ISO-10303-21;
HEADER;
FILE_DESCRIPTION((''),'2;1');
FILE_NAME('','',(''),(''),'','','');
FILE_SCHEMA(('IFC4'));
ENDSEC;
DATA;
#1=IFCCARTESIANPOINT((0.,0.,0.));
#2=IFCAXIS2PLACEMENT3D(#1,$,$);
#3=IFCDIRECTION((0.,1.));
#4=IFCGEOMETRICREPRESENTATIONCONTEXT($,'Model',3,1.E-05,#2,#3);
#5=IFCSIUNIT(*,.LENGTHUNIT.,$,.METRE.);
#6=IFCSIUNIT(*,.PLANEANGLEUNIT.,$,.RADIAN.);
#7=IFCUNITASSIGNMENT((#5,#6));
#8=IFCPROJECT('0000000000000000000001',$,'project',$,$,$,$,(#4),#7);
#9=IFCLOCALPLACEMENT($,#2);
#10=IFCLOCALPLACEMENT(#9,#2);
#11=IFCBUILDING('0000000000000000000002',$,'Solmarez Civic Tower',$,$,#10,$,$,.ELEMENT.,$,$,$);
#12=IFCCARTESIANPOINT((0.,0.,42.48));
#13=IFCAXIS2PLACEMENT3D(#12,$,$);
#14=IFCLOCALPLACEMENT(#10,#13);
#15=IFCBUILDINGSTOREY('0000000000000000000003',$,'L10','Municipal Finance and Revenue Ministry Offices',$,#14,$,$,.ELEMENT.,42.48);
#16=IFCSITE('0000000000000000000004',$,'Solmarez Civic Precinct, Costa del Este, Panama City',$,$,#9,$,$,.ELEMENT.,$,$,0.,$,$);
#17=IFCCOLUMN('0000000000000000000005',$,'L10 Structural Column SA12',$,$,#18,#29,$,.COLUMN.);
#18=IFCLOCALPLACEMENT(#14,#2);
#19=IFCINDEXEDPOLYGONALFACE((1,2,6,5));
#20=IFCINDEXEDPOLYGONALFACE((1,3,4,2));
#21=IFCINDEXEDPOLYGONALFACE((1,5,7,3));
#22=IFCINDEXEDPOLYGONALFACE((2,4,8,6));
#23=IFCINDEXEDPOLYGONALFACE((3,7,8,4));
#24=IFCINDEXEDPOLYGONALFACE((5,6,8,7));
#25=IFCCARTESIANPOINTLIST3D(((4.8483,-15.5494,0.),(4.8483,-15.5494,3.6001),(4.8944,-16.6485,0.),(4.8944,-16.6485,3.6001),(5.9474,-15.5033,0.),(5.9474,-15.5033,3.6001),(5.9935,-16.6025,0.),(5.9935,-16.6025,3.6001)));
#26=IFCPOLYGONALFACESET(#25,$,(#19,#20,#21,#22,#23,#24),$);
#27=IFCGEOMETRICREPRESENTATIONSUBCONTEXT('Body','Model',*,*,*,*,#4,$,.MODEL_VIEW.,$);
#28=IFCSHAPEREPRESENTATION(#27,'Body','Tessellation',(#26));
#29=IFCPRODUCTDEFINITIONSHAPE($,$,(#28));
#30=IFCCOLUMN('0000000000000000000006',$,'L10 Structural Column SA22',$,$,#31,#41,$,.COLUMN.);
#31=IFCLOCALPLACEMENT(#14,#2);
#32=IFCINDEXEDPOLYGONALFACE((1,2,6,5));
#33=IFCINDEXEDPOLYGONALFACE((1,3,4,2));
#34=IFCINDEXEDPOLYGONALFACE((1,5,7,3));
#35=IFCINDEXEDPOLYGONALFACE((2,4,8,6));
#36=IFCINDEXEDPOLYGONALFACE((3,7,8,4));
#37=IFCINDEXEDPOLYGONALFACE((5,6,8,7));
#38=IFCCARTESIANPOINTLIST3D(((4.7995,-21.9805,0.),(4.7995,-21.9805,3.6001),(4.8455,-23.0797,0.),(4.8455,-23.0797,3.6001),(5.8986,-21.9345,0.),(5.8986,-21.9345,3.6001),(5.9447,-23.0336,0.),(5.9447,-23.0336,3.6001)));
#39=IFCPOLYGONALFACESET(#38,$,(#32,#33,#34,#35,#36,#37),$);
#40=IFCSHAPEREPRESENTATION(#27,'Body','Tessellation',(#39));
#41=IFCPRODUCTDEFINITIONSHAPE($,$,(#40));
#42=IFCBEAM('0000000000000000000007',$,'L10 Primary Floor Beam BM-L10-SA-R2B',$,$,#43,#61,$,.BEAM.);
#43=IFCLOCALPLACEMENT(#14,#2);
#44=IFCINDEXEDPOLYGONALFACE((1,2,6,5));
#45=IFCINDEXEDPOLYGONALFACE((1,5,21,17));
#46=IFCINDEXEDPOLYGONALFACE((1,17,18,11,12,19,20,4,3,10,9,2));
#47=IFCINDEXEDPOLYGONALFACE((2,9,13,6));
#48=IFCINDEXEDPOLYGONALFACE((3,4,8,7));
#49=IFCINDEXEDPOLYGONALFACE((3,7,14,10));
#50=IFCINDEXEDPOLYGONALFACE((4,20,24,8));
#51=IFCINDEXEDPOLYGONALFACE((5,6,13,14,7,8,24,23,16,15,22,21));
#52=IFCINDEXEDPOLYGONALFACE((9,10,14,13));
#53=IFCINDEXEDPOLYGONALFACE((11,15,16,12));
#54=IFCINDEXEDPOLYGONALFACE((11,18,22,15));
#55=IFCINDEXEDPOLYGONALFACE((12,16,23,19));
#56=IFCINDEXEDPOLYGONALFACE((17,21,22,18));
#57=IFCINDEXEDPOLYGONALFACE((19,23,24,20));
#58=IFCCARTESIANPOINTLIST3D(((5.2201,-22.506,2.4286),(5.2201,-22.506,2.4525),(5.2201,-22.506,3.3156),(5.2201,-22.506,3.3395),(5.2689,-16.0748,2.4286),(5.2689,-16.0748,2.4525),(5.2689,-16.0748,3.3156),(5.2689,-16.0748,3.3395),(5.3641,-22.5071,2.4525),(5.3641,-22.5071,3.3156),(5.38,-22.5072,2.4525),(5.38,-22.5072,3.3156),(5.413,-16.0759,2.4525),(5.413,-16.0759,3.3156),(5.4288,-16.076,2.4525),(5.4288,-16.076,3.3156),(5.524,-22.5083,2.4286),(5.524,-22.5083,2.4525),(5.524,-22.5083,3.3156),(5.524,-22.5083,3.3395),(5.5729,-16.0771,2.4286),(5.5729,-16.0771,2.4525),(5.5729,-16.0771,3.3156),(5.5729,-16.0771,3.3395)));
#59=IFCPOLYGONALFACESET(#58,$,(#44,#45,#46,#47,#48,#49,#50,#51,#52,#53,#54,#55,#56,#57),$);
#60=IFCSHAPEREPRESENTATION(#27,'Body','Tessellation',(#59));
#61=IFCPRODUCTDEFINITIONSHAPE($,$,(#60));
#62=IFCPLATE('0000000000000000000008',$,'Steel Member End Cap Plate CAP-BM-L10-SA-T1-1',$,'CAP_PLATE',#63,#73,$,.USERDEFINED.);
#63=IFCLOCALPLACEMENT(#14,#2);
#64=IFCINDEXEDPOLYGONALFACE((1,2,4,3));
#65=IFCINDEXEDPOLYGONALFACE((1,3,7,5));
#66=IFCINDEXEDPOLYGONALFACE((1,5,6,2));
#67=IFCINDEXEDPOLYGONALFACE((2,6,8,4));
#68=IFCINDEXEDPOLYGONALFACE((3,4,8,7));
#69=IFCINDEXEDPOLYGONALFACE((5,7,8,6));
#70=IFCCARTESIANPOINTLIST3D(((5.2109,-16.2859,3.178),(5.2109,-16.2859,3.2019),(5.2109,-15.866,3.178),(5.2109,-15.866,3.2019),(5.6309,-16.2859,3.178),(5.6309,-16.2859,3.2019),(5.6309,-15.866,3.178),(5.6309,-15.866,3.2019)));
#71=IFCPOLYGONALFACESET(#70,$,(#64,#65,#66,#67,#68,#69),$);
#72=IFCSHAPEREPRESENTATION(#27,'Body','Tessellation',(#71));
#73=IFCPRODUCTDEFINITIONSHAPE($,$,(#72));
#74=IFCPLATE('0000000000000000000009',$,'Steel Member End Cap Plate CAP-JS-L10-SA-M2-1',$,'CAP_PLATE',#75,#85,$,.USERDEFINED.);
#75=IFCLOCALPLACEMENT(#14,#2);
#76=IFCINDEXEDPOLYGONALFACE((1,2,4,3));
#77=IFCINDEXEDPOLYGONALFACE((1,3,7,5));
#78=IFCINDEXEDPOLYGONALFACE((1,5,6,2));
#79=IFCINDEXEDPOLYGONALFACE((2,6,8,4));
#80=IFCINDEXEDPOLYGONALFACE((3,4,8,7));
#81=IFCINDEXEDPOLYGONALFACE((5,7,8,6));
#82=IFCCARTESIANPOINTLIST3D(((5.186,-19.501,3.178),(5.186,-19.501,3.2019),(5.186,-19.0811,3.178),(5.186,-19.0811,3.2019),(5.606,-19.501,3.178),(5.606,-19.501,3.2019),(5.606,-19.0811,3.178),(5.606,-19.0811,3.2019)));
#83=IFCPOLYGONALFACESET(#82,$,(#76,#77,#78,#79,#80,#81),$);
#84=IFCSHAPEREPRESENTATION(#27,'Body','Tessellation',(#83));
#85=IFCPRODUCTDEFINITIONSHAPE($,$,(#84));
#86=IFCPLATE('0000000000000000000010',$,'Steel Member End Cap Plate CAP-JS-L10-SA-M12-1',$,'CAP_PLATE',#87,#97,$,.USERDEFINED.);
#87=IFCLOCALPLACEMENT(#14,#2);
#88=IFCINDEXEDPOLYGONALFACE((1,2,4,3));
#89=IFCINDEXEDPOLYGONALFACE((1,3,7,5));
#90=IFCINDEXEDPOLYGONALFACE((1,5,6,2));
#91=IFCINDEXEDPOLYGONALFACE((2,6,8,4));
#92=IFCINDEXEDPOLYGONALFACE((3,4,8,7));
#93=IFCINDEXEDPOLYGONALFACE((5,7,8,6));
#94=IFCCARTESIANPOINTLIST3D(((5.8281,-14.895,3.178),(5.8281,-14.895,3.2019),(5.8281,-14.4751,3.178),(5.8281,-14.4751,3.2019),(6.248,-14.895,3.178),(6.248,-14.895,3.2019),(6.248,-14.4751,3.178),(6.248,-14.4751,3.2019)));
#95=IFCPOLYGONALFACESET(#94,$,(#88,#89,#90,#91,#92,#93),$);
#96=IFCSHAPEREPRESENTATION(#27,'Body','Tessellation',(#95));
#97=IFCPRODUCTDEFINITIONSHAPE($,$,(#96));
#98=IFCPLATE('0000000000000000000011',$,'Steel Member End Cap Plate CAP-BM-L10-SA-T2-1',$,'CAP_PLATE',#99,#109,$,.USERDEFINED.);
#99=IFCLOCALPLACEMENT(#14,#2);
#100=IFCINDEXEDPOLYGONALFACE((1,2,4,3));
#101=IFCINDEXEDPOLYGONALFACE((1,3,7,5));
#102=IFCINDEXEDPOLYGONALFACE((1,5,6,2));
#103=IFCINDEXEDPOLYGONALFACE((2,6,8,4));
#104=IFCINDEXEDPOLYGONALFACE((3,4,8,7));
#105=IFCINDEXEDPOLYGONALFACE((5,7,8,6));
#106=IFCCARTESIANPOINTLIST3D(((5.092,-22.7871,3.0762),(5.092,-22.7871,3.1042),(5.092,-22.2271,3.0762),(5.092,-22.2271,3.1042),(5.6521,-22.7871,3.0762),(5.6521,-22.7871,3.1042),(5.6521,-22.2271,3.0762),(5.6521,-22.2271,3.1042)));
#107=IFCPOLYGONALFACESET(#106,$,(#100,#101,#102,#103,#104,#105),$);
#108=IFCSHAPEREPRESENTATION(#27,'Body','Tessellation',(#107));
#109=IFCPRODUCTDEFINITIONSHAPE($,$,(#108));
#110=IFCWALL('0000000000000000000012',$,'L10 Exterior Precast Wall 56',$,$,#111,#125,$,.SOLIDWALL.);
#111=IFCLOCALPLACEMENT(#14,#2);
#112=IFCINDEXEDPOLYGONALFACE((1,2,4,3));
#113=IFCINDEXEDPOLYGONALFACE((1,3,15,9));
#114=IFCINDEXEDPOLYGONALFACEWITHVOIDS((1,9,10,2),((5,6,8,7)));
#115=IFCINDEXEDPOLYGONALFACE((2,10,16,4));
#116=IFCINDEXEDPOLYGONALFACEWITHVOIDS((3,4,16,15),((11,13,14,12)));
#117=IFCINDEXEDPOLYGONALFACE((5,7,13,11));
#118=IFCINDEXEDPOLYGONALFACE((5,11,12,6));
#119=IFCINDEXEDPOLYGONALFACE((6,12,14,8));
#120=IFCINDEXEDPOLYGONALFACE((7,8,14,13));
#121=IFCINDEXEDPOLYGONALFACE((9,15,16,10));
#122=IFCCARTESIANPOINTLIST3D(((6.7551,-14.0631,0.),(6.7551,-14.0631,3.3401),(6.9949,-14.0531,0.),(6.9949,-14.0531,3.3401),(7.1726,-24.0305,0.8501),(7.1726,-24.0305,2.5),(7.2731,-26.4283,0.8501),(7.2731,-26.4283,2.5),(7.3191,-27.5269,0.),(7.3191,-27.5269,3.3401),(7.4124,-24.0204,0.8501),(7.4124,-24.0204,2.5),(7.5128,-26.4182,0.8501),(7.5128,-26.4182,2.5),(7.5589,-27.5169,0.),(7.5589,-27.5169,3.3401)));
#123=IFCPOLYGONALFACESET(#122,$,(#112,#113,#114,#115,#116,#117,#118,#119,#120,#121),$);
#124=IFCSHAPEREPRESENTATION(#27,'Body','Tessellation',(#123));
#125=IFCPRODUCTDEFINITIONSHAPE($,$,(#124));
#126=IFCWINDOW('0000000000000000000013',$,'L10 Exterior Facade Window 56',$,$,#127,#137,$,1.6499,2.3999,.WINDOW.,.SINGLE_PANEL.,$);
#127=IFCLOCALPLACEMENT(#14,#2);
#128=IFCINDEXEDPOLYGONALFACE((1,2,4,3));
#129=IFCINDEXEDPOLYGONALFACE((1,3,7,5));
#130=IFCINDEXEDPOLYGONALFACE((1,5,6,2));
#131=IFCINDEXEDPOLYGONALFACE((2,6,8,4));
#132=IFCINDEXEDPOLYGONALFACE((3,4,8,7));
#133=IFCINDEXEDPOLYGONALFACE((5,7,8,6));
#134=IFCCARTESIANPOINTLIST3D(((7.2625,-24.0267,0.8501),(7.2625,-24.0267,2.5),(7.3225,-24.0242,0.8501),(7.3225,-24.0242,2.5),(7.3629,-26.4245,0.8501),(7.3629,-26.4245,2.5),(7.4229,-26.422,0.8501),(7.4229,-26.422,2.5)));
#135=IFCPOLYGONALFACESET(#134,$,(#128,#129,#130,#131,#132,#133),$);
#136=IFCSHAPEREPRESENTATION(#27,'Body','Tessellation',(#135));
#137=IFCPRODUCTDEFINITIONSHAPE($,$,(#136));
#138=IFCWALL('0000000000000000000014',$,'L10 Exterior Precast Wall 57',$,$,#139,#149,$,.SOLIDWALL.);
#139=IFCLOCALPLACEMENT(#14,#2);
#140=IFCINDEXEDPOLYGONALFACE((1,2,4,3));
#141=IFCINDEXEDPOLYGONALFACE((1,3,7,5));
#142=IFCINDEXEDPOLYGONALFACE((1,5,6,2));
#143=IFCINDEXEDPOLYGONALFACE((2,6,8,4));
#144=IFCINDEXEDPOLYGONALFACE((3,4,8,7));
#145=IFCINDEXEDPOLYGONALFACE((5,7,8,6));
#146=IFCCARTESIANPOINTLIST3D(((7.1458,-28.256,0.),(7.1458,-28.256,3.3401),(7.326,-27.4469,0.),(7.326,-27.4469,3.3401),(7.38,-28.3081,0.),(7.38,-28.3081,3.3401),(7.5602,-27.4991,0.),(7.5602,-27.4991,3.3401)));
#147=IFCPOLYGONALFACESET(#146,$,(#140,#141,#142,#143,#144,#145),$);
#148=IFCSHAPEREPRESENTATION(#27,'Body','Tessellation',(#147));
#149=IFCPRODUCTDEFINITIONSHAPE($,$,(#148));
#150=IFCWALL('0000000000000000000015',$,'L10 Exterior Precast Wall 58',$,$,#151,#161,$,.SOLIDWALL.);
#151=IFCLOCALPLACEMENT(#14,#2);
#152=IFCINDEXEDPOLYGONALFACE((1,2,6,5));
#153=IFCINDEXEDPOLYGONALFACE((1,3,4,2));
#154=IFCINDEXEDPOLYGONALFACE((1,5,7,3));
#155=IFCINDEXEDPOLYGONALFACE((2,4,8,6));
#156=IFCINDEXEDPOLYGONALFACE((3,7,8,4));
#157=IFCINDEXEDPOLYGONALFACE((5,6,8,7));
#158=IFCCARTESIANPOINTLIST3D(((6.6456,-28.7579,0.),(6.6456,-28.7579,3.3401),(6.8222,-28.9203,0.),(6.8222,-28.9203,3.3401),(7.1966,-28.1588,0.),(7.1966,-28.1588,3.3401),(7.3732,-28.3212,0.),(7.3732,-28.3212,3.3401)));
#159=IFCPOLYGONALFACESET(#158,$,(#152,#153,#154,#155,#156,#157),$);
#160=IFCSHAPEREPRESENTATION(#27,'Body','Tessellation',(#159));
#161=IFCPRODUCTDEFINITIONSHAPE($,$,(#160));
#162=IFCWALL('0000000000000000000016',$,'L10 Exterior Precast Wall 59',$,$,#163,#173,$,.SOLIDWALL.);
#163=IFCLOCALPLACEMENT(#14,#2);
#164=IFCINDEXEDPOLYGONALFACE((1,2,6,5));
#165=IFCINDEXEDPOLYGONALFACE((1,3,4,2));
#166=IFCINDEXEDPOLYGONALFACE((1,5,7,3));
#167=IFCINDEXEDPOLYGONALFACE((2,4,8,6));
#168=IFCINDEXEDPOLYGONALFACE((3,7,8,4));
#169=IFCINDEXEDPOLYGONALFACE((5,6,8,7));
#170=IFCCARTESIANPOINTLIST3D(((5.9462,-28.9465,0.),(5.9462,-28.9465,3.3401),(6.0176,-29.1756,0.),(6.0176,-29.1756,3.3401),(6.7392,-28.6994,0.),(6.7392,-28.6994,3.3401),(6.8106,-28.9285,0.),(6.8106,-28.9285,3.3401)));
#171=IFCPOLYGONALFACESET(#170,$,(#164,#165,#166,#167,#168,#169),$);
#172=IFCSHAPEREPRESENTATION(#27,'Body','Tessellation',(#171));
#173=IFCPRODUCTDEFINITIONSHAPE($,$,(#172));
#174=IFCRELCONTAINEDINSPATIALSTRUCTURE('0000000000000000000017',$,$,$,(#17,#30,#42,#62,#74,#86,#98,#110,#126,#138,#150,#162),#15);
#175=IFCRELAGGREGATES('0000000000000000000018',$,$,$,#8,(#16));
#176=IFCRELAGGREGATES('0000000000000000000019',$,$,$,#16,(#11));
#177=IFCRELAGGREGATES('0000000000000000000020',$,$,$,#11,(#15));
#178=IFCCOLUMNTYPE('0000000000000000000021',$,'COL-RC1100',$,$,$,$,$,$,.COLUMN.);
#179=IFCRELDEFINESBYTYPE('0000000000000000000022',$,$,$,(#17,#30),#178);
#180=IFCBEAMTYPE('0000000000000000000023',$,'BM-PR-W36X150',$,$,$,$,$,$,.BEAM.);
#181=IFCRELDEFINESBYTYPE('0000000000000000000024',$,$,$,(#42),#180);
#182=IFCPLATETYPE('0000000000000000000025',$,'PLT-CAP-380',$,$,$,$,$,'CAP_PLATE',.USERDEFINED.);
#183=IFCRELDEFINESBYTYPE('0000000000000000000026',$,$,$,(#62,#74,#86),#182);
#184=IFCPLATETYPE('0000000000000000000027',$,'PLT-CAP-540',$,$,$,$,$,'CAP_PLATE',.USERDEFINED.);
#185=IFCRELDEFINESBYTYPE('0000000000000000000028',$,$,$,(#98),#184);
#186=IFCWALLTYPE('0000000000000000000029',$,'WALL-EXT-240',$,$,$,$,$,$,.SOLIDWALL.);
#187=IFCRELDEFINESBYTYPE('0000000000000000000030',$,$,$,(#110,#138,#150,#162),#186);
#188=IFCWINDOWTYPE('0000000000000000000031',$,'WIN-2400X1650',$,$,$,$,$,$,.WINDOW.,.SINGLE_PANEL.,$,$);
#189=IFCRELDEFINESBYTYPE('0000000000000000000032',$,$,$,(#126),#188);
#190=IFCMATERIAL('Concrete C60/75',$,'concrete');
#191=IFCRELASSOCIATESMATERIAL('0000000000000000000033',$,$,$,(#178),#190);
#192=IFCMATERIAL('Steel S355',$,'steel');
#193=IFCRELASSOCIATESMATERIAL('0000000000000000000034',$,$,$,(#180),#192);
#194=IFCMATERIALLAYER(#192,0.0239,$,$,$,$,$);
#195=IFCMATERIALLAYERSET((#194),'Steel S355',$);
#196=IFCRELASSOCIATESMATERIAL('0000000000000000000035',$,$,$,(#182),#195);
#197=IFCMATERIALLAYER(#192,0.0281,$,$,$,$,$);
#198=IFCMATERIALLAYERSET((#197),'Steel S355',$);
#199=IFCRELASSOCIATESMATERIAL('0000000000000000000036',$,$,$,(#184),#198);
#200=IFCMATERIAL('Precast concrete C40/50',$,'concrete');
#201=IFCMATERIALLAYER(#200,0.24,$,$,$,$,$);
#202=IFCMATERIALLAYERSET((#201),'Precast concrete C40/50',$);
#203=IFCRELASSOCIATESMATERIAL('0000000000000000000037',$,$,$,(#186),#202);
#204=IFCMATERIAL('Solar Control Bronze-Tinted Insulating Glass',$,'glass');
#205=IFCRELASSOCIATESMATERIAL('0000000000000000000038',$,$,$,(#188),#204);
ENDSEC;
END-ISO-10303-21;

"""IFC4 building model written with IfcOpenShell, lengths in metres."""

from ifc_helpers import new_model, si_unit, direction, frame, frame_2d, origin, origin_2d, place, context, subcontext, project, spatial, rectangle, i_section, extrude, material, layer, layer_set, material_profile, profile_set, type_object, element, fill, save


model = new_model("IFC4")

# Units and contexts
model_context = context("Model", 3, precision=1e-05, world=origin(), true_north=direction((0.0, 1.0)))
body_context = subcontext(model_context, "Body", "Model", "MODEL_VIEW")
ifc_project = project(units=[si_unit("LENGTHUNIT", "METRE"), si_unit("PLANEANGLEUNIT", "RADIAN")], contexts=[model_context])

# Site, building, storey
site_placement = place(None, origin())
site = spatial("IfcSite", under=ifc_project, at=site_placement, Name="Solmarez Civic Precinct, Costa del Este, Panama City", CompositionType="ELEMENT", RefElevation=0.0)
building_placement = place(site_placement, origin())
building = spatial("IfcBuilding", under=site, at=building_placement, Name="Solmarez Civic Tower", CompositionType="ELEMENT")
storey_placement = place(building_placement, frame((0.0, 0.0, 42.48)))
storey = spatial("IfcBuildingStorey", under=building, at=storey_placement, Name="L10", Description="Municipal Finance and Revenue Ministry Offices", CompositionType="ELEMENT", Elevation=42.48)

# Columns
ifc_material_1 = material(Name="Concrete C60/75", Category="concrete")
ifc_material_profile_1 = material_profile(ifc_material_1, rectangle(XDim=1.1001, YDim=1.1001, at=origin_2d()), Name="RC1100X1100")
ifc_profile_set_1 = profile_set([ifc_material_profile_1], Name="Concrete C60/75")
column_type = type_object("IfcColumnType", Name="COL-RC1100", PredefinedType="COLUMN", material=ifc_profile_set_1)
for number, where, z_axis, x_axis, name in (
    (1, (5.4209, -16.0759, 0.0), (0.0, 0.0, 1.0), (0.999123, 0.041876, 0.0), "L10 Structural Column SA12"),
    (2, (5.3721, -22.5071, 0.0), (0.0, 0.0, 1.0), (0.999123, 0.041876, 0.0), "L10 Structural Column SA22"),
):
    element("IfcColumn", number, at=place(storey_placement, frame(where, z_axis=z_axis, x_axis=x_axis)), inside=storey, type_object=column_type, Name=name, PredefinedType="COLUMN", context=body_context, shape_type="SweptSolid", body=[
        extrude(rectangle(XDim=1.1001, YDim=1.1001, at=origin_2d()), origin(), (0.0, 0.0, 1.0), 3.6001),
    ])

# Beam
ifc_material_2 = material(Name="Steel S355", Category="steel")
ifc_material_profile_2 = material_profile(ifc_material_2, i_section(OverallWidth=0.304, OverallDepth=0.9109, WebThickness=0.0159, FlangeThickness=0.0239, at=origin_2d()), Name="W36X150")
ifc_profile_set_2 = profile_set([ifc_material_profile_2], Name="Steel S355")
beam_type = type_object("IfcBeamType", Name="BM-PR-W36X150", PredefinedType="BEAM", material=ifc_profile_set_2)
beam_placement = place(storey_placement, frame((5.4209, -16.0759, 2.884), z_axis=(-0.007592, -0.999971, 0.0), x_axis=(0.999971, -0.007592, 0.0)))
element("IfcBeam", 3, at=beam_placement, inside=storey, type_object=beam_type, Name="L10 Primary Floor Beam BM-L10-SA-R2B", PredefinedType="BEAM", context=body_context, shape_type="SweptSolid", body=[
    extrude(i_section(OverallWidth=0.304, OverallDepth=0.9109, WebThickness=0.0159, FlangeThickness=0.0239, at=origin_2d()), origin(), (0.0, 0.0, 1.0), 6.4314),
])

# Plates
ifc_layer_1 = layer(ifc_material_2, 0.0239)
ifc_layer_set_1 = layer_set([ifc_layer_1], Name="Steel S355")
plate_type_1 = type_object("IfcPlateType", Name="PLT-CAP-380", ElementType="CAP_PLATE", PredefinedType="USERDEFINED", material=ifc_layer_set_1)
for number, where, z_axis, x_axis, name in (
    (4, (5.4209, -16.0759, 3.178), (0.0, 0.0, 1.0), (1.0, 0.0, 0.0), "Steel Member End Cap Plate CAP-BM-L10-SA-T1-1"),
    (5, (5.396, -19.291, 3.178), (0.0, 0.0, 1.0), (1.0, 0.0, 0.0), "Steel Member End Cap Plate CAP-JS-L10-SA-M2-1"),
    (6, (6.0381, -14.6851, 3.178), (0.0, 0.0, 1.0), (1.0, 0.0, 0.0), "Steel Member End Cap Plate CAP-JS-L10-SA-M12-1"),
):
    element("IfcPlate", number, at=place(storey_placement, frame(where, z_axis=z_axis, x_axis=x_axis)), inside=storey, type_object=plate_type_1, Name=name, ObjectType="CAP_PLATE", PredefinedType="USERDEFINED", context=body_context, shape_type="SweptSolid", body=[
        extrude(rectangle(XDim=0.4199, YDim=0.4199, at=origin_2d()), origin(), (0.0, 0.0, 1.0), 0.0239),
    ])
ifc_layer_2 = layer(ifc_material_2, 0.0281)
ifc_layer_set_2 = layer_set([ifc_layer_2], Name="Steel S355")
plate_type_2 = type_object("IfcPlateType", Name="PLT-CAP-540", ElementType="CAP_PLATE", PredefinedType="USERDEFINED", material=ifc_layer_set_2)
plate_placement = place(storey_placement, frame((5.3721, -22.5071, 3.0762), z_axis=(0.0, 0.0, 1.0), x_axis=(1.0, 0.0, 0.0)))
element("IfcPlate", 7, at=plate_placement, inside=storey, type_object=plate_type_2, Name="Steel Member End Cap Plate CAP-BM-L10-SA-T2-1", ObjectType="CAP_PLATE", PredefinedType="USERDEFINED", context=body_context, shape_type="SweptSolid", body=[
    extrude(rectangle(XDim=0.5601, YDim=0.5601, at=origin_2d()), origin(), (0.0, 0.0, 1.0), 0.0281),
])

# Wall, opening, window
ifc_material_3 = material(Name="Precast concrete C40/50", Category="concrete")
ifc_layer_3 = layer(ifc_material_3, 0.24)
ifc_layer_set_3 = layer_set([ifc_layer_3], Name="Precast concrete C40/50")
wall_type_1 = type_object("IfcWallType", Name="WALL-EXT-240", PredefinedType="SOLIDWALL", material=ifc_layer_set_3)
wall_1_placement = place(storey_placement, frame((6.875, -14.0581, 0.0), z_axis=(0.0, 0.0, 1.0), x_axis=(0.041851, -0.999124, 0.0)))
wall_1 = element("IfcWall", 8, at=wall_1_placement, inside=storey, type_object=wall_type_1, Name="L10 Exterior Precast Wall 56", PredefinedType="SOLIDWALL", context=body_context, shape_type="SweptSolid", body=[
    extrude(rectangle(XDim=13.4756, YDim=0.24, at=frame_2d((6.7378, 0.0))), origin(), (0.0, 0.0, 1.0), 3.3401),
])
opening_1_placement = place(wall_1_placement, frame((9.9761, 0.0, 0.8501)))
opening_1 = element("IfcOpeningElement", 9, at=opening_1_placement, cuts=wall_1, PredefinedType="OPENING", context=body_context, shape_type="SweptSolid", body=[
    extrude(rectangle(XDim=2.3999, YDim=1.6499, at=frame_2d((1.2, 0.825))), frame((0.0, 0.1299, 0.0), z_axis=(0.0, -1.0, 0.0), x_axis=(1.0, 0.0, 0.0)), (0.0, 0.0, 1.0), 0.26),
])
ifc_material_4 = material(Name="Solar Control Bronze-Tinted Insulating Glass", Category="glass")
window_type_1 = type_object("IfcWindowType", Name="WIN-2400X1650", PartitioningType="SINGLE_PANEL", PredefinedType="WINDOW", material=ifc_material_4)
window_1_placement = place(opening_1_placement, origin())
window_1 = element("IfcWindow", 10, at=window_1_placement, inside=storey, type_object=window_type_1, Name="L10 Exterior Facade Window 56", OverallHeight=1.6499, OverallWidth=2.3999, PartitioningType="SINGLE_PANEL", PredefinedType="WINDOW", context=body_context, shape_type="SweptSolid", body=[
    extrude(rectangle(XDim=2.3999, YDim=1.6499, at=frame_2d((1.2, 0.825))), frame((0.0, 0.03, 0.0), z_axis=(0.0, -1.0, 0.0), x_axis=(1.0, 0.0, 0.0)), (0.0, 0.0, 1.0), 0.0601),
])
fill(opening_1, window_1)

# Walls
wall_2_placement = place(storey_placement, frame((7.4431, -27.4729, 0.0), z_axis=(0.0, 0.0, 1.0), x_axis=(-0.217367, -0.97609, 0.0)))
element("IfcWall", 11, at=wall_2_placement, inside=storey, type_object=wall_type_1, Name="L10 Exterior Precast Wall 57", PredefinedType="SOLIDWALL", context=body_context, shape_type="SweptSolid", body=[
    extrude(rectangle(XDim=0.8289, YDim=0.24, at=frame_2d((0.4146, 0.0))), origin(), (0.0, 0.0, 1.0), 3.3401),
])
wall_3_placement = place(storey_placement, frame((7.2849, -28.24, 0.0), z_axis=(0.0, 0.0, 1.0), x_axis=(-0.676946, -0.736033, 0.0)))
element("IfcWall", 12, at=wall_3_placement, inside=storey, type_object=wall_type_1, Name="L10 Exterior Precast Wall 58", PredefinedType="SOLIDWALL", context=body_context, shape_type="SweptSolid", body=[
    extrude(rectangle(XDim=0.814, YDim=0.24, at=frame_2d((0.407, 0.0))), origin(), (0.0, 0.0, 1.0), 3.3401),
])
wall_4_placement = place(storey_placement, frame((6.7749, -28.814, 0.0), z_axis=(0.0, 0.0, 1.0), x_axis=(-0.954731, -0.297472, 0.0)))
element("IfcWall", 13, at=wall_4_placement, inside=storey, type_object=wall_type_1, Name="L10 Exterior Precast Wall 59", PredefinedType="SOLIDWALL", context=body_context, shape_type="SweptSolid", body=[
    extrude(rectangle(XDim=0.8306, YDim=0.24, at=frame_2d((0.4153, 0.0))), origin(), (0.0, 0.0, 1.0), 3.3401),
])

save(model, "model.ifc")
